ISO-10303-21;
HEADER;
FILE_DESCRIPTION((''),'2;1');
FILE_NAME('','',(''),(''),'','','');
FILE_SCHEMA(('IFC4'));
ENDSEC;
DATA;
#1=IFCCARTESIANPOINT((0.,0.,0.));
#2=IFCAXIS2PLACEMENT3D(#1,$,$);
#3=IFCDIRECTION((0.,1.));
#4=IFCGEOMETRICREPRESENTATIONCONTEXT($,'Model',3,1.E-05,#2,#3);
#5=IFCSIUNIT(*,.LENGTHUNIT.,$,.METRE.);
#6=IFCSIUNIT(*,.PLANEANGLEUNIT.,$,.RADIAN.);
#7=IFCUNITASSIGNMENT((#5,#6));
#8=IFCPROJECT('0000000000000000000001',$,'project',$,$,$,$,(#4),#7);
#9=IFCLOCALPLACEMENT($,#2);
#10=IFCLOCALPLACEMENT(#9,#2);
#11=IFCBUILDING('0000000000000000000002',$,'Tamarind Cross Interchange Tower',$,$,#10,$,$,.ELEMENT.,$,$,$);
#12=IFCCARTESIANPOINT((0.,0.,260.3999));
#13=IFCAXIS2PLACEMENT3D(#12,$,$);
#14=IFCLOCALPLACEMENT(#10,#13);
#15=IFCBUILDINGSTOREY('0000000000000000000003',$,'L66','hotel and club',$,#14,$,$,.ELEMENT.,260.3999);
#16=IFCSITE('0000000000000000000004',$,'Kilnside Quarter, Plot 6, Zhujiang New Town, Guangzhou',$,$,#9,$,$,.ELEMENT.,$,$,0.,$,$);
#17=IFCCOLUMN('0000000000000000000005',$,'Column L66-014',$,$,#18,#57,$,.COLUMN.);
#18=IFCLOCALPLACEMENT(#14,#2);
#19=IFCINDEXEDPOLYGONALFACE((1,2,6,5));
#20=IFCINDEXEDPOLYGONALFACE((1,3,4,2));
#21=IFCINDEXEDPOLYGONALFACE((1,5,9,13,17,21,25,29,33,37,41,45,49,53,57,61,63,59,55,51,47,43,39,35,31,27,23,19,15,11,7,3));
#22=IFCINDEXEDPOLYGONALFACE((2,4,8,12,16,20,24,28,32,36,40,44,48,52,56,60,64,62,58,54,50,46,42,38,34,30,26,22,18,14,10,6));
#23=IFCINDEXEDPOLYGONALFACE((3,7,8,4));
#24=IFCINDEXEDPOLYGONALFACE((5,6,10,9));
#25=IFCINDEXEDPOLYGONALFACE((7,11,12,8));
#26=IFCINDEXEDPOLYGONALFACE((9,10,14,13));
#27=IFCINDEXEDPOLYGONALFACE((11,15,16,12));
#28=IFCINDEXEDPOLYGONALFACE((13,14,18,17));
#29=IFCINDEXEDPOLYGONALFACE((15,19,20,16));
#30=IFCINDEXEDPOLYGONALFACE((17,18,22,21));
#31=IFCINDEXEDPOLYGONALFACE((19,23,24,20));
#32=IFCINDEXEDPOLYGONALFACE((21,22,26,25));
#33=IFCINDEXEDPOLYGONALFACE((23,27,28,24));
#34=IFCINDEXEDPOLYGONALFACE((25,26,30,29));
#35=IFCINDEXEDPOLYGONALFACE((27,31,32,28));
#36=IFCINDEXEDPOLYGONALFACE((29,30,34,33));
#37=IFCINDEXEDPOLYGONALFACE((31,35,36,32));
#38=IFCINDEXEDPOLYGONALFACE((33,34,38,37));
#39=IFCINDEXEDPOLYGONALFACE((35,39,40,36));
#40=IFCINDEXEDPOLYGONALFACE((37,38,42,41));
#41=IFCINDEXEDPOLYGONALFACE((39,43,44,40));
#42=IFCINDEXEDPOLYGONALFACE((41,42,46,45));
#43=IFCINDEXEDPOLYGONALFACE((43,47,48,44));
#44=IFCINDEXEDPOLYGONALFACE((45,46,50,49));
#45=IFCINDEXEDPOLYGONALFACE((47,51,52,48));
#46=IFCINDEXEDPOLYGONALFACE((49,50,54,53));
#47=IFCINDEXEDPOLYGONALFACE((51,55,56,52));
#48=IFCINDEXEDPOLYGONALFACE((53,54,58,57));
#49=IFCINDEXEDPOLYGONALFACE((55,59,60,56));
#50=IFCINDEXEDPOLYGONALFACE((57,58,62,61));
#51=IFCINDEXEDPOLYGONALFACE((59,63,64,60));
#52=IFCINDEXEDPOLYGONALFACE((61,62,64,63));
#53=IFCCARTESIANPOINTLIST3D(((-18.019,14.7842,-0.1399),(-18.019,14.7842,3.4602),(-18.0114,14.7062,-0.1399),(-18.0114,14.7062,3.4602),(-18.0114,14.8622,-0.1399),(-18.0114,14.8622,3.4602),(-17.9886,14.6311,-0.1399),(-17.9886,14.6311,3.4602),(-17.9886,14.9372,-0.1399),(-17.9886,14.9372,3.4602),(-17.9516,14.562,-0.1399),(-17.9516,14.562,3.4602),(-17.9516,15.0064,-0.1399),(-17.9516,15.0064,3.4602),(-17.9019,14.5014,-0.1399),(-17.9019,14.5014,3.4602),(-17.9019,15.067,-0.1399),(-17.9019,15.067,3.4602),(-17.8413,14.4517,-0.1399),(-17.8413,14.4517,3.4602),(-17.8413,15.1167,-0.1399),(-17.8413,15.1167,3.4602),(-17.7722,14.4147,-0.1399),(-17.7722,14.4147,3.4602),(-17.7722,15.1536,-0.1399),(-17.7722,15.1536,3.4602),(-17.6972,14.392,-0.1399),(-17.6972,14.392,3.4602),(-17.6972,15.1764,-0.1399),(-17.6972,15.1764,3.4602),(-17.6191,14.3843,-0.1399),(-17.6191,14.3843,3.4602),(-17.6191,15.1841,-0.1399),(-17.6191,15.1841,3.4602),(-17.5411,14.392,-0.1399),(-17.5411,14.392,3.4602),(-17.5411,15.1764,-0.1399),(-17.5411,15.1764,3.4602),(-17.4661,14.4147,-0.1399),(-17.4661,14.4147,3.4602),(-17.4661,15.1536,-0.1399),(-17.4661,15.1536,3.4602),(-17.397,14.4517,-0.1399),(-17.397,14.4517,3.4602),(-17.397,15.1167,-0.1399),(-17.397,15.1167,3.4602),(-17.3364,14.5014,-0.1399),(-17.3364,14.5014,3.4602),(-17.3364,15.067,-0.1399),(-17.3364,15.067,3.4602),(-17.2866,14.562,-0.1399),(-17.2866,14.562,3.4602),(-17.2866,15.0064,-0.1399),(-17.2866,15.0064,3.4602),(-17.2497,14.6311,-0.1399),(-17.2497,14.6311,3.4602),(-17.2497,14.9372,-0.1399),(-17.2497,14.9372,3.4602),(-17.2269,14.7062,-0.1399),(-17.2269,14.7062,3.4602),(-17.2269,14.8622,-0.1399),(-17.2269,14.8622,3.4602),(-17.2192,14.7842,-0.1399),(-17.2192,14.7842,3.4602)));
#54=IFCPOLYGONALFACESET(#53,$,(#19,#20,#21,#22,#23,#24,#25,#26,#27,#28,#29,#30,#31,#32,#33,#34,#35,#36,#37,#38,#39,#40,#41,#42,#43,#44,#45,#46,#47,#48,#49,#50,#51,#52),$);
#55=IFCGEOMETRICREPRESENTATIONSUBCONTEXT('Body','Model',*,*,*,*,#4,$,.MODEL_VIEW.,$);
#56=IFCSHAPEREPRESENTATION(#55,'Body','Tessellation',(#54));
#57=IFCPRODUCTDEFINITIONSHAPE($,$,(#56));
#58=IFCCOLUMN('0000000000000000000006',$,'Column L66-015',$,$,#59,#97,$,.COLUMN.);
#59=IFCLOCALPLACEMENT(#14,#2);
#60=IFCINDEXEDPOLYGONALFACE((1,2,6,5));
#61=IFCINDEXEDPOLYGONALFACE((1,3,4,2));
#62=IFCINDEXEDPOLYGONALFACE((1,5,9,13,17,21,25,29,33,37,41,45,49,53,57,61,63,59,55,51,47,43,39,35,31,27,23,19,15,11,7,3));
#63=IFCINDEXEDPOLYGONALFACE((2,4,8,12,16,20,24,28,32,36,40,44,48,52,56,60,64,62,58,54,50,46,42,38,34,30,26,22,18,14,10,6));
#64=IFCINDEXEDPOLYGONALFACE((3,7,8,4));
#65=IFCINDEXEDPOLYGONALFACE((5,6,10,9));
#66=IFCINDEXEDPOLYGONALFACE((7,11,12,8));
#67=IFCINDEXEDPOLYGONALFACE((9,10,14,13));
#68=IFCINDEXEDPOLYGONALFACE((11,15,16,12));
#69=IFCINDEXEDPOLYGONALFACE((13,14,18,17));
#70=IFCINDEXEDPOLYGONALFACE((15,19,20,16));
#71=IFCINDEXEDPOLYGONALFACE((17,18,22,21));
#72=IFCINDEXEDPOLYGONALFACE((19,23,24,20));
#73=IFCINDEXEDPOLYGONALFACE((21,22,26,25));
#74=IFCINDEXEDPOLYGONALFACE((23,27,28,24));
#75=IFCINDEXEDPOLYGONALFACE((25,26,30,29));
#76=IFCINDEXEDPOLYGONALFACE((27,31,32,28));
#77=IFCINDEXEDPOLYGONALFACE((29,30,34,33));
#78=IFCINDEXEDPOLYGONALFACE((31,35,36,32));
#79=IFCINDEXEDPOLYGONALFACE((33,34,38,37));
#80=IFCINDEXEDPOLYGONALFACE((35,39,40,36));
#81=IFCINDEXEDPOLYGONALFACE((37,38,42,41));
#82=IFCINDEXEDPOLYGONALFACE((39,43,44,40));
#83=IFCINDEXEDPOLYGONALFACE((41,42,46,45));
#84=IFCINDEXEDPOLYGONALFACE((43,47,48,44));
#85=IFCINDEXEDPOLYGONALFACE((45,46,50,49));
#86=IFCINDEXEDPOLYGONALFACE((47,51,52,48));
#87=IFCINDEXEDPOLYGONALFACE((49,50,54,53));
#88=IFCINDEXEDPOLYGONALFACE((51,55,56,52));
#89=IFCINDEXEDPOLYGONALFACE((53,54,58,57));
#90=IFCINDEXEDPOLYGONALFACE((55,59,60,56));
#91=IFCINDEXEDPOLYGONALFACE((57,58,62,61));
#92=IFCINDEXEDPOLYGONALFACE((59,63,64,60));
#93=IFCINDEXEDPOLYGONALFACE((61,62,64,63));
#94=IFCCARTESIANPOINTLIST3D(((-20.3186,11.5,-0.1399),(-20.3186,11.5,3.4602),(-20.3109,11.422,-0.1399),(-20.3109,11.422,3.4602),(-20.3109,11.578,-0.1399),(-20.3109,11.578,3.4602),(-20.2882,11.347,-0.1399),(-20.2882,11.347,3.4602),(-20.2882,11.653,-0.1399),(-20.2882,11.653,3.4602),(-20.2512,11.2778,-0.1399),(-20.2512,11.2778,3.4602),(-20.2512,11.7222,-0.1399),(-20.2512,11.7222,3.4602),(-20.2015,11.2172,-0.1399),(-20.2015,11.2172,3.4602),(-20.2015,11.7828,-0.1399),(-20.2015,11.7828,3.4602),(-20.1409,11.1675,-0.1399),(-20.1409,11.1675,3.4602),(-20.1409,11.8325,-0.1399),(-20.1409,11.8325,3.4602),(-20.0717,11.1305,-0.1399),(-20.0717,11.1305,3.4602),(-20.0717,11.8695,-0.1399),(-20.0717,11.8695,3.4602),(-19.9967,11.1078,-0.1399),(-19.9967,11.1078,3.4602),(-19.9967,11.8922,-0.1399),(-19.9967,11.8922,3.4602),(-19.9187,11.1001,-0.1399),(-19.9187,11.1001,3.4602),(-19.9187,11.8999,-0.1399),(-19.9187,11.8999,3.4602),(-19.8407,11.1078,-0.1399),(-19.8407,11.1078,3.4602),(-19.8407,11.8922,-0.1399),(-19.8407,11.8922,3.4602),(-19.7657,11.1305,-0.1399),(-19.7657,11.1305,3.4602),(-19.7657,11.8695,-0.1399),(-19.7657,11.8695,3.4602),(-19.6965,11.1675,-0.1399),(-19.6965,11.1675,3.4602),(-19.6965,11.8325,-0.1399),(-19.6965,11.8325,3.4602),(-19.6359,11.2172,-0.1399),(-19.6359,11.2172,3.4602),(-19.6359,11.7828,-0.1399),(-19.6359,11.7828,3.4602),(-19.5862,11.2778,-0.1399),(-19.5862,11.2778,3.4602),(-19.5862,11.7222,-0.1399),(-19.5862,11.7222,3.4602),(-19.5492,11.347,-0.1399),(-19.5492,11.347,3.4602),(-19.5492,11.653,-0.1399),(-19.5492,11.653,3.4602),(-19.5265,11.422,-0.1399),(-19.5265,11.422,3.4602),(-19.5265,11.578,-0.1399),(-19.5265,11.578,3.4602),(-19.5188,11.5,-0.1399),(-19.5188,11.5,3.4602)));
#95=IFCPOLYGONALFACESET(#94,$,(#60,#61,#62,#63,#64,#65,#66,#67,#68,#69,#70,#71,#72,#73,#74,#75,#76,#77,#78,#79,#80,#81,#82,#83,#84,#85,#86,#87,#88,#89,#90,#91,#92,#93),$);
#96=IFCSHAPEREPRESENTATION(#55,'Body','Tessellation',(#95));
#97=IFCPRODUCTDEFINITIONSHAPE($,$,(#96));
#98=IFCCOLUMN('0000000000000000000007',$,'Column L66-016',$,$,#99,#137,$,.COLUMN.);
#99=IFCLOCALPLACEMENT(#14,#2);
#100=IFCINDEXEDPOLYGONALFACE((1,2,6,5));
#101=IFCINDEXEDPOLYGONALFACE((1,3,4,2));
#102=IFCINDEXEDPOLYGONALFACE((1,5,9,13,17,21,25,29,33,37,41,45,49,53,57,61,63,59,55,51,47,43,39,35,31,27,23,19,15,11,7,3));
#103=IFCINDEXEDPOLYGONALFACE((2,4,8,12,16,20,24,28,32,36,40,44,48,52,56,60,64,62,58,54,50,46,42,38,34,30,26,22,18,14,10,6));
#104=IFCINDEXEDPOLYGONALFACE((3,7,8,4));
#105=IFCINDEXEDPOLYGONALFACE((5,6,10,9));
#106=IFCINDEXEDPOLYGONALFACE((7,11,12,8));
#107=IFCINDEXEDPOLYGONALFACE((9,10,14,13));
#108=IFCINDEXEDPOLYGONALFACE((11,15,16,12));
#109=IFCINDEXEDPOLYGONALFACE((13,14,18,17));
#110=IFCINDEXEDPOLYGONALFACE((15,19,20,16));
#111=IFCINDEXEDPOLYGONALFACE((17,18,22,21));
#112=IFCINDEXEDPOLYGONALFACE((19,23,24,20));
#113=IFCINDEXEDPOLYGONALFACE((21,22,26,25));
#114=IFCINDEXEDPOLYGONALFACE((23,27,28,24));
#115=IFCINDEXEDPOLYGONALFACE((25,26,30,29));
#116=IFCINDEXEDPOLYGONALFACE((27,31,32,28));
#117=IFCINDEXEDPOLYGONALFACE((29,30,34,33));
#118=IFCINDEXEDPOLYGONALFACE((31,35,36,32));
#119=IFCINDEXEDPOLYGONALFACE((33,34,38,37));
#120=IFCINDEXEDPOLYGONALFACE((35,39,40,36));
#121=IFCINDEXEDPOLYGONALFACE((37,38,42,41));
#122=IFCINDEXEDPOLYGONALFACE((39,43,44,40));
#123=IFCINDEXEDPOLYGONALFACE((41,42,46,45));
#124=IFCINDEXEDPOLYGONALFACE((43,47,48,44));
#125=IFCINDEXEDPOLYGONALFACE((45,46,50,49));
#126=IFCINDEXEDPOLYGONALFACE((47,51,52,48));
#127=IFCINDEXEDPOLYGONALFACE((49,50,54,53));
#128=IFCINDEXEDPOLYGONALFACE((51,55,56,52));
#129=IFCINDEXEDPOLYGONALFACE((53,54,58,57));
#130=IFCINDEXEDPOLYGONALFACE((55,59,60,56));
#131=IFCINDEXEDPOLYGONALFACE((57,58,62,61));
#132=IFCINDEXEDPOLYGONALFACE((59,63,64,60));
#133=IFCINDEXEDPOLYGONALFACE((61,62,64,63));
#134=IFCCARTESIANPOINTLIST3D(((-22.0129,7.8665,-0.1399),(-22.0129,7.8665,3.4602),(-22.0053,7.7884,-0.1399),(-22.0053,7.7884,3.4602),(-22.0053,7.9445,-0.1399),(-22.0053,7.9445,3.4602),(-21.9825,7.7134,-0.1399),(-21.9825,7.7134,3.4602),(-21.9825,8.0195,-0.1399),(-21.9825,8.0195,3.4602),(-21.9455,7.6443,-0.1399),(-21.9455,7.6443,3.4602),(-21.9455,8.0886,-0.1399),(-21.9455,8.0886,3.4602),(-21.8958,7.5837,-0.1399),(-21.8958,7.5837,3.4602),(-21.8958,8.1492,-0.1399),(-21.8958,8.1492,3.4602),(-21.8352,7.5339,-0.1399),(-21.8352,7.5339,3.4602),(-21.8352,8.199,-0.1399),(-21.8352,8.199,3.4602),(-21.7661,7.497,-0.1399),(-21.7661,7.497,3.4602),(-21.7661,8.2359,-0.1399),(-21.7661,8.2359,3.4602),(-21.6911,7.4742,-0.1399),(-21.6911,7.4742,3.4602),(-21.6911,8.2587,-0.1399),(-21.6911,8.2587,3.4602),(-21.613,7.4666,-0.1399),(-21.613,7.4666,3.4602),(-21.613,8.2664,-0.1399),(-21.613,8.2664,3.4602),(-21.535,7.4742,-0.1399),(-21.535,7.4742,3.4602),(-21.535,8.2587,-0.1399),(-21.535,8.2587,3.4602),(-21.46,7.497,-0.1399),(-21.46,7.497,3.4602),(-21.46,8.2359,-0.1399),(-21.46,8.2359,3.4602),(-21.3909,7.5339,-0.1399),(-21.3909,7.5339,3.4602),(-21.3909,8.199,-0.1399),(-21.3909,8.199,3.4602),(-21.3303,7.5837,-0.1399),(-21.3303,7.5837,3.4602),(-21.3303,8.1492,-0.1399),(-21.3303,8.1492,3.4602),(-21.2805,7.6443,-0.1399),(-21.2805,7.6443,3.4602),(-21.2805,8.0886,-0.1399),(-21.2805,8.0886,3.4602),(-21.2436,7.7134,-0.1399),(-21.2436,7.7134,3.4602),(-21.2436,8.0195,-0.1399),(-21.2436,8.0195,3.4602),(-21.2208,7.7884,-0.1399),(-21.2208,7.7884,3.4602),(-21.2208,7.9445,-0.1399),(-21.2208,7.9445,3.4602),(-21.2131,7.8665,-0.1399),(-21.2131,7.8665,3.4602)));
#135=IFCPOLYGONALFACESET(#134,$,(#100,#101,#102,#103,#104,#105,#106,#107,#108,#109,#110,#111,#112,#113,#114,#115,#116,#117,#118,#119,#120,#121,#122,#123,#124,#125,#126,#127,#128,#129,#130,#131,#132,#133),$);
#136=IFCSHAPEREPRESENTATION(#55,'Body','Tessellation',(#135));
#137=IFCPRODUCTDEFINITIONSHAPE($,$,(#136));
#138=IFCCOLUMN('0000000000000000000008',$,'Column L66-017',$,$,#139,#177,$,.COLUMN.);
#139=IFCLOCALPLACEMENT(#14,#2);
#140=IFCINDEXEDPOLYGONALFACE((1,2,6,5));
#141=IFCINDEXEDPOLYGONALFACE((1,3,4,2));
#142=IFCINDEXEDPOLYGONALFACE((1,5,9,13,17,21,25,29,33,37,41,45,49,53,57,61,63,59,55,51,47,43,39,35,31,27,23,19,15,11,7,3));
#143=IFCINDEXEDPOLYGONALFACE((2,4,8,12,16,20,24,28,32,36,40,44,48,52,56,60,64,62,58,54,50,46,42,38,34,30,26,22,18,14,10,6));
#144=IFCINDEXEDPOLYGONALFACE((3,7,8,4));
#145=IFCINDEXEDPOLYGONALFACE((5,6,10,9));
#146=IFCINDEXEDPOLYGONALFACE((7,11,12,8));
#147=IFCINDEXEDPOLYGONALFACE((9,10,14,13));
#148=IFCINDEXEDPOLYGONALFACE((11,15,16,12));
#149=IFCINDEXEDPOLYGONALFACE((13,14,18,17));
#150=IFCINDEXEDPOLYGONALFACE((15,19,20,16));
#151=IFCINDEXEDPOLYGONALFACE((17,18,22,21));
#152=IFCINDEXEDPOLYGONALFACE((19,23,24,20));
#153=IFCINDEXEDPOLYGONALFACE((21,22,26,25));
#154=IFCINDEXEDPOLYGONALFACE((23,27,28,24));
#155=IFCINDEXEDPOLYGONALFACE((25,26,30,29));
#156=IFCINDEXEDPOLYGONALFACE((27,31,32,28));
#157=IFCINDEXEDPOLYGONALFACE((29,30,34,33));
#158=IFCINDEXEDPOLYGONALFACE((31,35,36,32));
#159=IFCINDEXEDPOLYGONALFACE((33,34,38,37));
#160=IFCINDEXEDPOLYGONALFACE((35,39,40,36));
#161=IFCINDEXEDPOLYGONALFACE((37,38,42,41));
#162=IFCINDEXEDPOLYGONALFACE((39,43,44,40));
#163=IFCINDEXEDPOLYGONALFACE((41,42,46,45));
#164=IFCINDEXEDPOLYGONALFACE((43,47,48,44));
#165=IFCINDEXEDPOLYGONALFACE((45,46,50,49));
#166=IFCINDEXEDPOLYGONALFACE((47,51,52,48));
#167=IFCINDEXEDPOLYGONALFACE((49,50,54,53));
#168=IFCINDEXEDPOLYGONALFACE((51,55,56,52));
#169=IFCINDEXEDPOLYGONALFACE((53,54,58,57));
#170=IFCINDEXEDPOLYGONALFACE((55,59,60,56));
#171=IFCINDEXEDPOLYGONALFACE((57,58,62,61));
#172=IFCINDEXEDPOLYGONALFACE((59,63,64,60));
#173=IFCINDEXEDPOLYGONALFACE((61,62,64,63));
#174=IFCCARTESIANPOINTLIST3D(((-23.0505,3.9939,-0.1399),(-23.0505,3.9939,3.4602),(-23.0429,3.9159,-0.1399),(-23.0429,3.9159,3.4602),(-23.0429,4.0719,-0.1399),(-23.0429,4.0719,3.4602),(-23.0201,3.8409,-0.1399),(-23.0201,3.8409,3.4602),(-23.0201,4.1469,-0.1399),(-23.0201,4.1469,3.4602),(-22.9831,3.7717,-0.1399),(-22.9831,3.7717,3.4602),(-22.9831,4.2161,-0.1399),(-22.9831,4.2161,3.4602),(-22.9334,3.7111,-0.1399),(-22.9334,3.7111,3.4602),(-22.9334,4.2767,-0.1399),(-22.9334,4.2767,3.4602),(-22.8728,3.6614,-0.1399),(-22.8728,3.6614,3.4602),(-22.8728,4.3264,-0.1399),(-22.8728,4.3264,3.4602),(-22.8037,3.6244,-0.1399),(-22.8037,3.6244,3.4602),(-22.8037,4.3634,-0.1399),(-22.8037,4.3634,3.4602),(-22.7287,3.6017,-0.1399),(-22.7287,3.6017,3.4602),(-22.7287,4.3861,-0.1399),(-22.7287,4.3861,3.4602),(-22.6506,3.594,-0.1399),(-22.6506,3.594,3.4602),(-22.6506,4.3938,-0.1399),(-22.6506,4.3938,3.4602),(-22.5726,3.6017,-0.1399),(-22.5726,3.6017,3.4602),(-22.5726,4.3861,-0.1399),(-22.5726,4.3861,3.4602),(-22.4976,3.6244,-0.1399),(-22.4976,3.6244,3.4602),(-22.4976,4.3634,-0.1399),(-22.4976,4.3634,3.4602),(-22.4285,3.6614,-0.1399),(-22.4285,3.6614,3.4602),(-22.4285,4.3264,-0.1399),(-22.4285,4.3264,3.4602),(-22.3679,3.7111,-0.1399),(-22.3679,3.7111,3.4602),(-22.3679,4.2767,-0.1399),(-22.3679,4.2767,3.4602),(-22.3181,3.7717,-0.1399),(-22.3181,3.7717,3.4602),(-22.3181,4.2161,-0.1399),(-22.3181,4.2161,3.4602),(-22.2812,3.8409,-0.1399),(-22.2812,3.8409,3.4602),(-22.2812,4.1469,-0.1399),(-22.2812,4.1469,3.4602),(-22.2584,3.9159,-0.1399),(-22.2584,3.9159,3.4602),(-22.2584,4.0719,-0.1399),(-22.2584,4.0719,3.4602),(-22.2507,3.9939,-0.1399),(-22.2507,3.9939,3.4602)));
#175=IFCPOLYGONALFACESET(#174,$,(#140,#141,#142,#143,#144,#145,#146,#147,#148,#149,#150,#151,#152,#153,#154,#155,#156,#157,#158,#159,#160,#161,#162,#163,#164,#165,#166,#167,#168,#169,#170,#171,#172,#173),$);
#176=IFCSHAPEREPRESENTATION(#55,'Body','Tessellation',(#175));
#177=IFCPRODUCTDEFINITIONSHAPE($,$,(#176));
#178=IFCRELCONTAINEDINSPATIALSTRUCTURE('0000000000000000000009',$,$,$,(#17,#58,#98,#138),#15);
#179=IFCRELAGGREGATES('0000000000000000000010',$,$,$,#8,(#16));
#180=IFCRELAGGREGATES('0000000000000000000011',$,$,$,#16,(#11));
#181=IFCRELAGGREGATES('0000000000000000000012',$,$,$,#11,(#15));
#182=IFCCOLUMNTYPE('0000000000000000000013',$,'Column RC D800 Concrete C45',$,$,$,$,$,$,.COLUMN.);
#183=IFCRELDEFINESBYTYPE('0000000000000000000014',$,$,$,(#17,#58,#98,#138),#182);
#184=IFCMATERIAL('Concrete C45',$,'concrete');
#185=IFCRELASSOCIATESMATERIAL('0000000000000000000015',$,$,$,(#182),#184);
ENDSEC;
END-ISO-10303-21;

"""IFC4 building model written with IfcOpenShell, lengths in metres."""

from ifc_helpers import new_model, si_unit, direction, frame, origin, origin_2d, place, context, subcontext, project, spatial, circle, extrude, material, material_profile, profile_set, type_object, element, save


model = new_model("IFC4")

# Units and contexts
model_context = context("Model", 3, precision=1e-05, world=origin(), true_north=direction((0.0, 1.0)))
body_context = subcontext(model_context, "Body", "Model", "MODEL_VIEW")
ifc_project = project(units=[si_unit("LENGTHUNIT", "METRE"), si_unit("PLANEANGLEUNIT", "RADIAN")], contexts=[model_context])

# Site, building, storey
site_placement = place(None, origin())
site = spatial("IfcSite", under=ifc_project, at=site_placement, Name="Kilnside Quarter, Plot 6, Zhujiang New Town, Guangzhou", CompositionType="ELEMENT", RefElevation=0.0)
building_placement = place(site_placement, origin())
building = spatial("IfcBuilding", under=site, at=building_placement, Name="Tamarind Cross Interchange Tower", CompositionType="ELEMENT")
storey_placement = place(building_placement, frame((0.0, 0.0, 260.3999)))
storey = spatial("IfcBuildingStorey", under=building, at=storey_placement, Name="L66", Description="hotel and club", CompositionType="ELEMENT", Elevation=260.3999)

# Columns
ifc_material_1 = material(Name="Concrete C45", Category="concrete")
ifc_material_profile_1 = material_profile(ifc_material_1, circle(Radius=0.3999, at=origin_2d()), Name="RC D800")
ifc_profile_set_1 = profile_set([ifc_material_profile_1], Name="Concrete C45")
column_type = type_object("IfcColumnType", Name="Column RC D800 Concrete C45", PredefinedType="COLUMN", material=ifc_profile_set_1)
for number, where, z_axis, x_axis, name in (
    (1, (-17.6191, 14.7842, -0.1399), (0.0, 0.0, 1.0), (1.0, 0.0, 0.0), "Column L66-014"),
    (2, (-19.9187, 11.5, -0.1399), (0.0, 0.0, 1.0), (1.0, 0.0, 0.0), "Column L66-015"),
    (3, (-21.613, 7.8665, -0.1399), (0.0, 0.0, 1.0), (1.0, 0.0, 0.0), "Column L66-016"),
    (4, (-22.6506, 3.9939, -0.1399), (0.0, 0.0, 1.0), (1.0, 0.0, 0.0), "Column L66-017"),
):
    element("IfcColumn", number, at=place(storey_placement, frame(where, z_axis=z_axis, x_axis=x_axis)), inside=storey, type_object=column_type, Name=name, PredefinedType="COLUMN", context=body_context, shape_type="SweptSolid", body=[
        extrude(circle(Radius=0.3999, at=origin_2d()), origin(), (0.0, 0.0, 1.0), 3.6001),
    ])

save(model, "model.ifc")
